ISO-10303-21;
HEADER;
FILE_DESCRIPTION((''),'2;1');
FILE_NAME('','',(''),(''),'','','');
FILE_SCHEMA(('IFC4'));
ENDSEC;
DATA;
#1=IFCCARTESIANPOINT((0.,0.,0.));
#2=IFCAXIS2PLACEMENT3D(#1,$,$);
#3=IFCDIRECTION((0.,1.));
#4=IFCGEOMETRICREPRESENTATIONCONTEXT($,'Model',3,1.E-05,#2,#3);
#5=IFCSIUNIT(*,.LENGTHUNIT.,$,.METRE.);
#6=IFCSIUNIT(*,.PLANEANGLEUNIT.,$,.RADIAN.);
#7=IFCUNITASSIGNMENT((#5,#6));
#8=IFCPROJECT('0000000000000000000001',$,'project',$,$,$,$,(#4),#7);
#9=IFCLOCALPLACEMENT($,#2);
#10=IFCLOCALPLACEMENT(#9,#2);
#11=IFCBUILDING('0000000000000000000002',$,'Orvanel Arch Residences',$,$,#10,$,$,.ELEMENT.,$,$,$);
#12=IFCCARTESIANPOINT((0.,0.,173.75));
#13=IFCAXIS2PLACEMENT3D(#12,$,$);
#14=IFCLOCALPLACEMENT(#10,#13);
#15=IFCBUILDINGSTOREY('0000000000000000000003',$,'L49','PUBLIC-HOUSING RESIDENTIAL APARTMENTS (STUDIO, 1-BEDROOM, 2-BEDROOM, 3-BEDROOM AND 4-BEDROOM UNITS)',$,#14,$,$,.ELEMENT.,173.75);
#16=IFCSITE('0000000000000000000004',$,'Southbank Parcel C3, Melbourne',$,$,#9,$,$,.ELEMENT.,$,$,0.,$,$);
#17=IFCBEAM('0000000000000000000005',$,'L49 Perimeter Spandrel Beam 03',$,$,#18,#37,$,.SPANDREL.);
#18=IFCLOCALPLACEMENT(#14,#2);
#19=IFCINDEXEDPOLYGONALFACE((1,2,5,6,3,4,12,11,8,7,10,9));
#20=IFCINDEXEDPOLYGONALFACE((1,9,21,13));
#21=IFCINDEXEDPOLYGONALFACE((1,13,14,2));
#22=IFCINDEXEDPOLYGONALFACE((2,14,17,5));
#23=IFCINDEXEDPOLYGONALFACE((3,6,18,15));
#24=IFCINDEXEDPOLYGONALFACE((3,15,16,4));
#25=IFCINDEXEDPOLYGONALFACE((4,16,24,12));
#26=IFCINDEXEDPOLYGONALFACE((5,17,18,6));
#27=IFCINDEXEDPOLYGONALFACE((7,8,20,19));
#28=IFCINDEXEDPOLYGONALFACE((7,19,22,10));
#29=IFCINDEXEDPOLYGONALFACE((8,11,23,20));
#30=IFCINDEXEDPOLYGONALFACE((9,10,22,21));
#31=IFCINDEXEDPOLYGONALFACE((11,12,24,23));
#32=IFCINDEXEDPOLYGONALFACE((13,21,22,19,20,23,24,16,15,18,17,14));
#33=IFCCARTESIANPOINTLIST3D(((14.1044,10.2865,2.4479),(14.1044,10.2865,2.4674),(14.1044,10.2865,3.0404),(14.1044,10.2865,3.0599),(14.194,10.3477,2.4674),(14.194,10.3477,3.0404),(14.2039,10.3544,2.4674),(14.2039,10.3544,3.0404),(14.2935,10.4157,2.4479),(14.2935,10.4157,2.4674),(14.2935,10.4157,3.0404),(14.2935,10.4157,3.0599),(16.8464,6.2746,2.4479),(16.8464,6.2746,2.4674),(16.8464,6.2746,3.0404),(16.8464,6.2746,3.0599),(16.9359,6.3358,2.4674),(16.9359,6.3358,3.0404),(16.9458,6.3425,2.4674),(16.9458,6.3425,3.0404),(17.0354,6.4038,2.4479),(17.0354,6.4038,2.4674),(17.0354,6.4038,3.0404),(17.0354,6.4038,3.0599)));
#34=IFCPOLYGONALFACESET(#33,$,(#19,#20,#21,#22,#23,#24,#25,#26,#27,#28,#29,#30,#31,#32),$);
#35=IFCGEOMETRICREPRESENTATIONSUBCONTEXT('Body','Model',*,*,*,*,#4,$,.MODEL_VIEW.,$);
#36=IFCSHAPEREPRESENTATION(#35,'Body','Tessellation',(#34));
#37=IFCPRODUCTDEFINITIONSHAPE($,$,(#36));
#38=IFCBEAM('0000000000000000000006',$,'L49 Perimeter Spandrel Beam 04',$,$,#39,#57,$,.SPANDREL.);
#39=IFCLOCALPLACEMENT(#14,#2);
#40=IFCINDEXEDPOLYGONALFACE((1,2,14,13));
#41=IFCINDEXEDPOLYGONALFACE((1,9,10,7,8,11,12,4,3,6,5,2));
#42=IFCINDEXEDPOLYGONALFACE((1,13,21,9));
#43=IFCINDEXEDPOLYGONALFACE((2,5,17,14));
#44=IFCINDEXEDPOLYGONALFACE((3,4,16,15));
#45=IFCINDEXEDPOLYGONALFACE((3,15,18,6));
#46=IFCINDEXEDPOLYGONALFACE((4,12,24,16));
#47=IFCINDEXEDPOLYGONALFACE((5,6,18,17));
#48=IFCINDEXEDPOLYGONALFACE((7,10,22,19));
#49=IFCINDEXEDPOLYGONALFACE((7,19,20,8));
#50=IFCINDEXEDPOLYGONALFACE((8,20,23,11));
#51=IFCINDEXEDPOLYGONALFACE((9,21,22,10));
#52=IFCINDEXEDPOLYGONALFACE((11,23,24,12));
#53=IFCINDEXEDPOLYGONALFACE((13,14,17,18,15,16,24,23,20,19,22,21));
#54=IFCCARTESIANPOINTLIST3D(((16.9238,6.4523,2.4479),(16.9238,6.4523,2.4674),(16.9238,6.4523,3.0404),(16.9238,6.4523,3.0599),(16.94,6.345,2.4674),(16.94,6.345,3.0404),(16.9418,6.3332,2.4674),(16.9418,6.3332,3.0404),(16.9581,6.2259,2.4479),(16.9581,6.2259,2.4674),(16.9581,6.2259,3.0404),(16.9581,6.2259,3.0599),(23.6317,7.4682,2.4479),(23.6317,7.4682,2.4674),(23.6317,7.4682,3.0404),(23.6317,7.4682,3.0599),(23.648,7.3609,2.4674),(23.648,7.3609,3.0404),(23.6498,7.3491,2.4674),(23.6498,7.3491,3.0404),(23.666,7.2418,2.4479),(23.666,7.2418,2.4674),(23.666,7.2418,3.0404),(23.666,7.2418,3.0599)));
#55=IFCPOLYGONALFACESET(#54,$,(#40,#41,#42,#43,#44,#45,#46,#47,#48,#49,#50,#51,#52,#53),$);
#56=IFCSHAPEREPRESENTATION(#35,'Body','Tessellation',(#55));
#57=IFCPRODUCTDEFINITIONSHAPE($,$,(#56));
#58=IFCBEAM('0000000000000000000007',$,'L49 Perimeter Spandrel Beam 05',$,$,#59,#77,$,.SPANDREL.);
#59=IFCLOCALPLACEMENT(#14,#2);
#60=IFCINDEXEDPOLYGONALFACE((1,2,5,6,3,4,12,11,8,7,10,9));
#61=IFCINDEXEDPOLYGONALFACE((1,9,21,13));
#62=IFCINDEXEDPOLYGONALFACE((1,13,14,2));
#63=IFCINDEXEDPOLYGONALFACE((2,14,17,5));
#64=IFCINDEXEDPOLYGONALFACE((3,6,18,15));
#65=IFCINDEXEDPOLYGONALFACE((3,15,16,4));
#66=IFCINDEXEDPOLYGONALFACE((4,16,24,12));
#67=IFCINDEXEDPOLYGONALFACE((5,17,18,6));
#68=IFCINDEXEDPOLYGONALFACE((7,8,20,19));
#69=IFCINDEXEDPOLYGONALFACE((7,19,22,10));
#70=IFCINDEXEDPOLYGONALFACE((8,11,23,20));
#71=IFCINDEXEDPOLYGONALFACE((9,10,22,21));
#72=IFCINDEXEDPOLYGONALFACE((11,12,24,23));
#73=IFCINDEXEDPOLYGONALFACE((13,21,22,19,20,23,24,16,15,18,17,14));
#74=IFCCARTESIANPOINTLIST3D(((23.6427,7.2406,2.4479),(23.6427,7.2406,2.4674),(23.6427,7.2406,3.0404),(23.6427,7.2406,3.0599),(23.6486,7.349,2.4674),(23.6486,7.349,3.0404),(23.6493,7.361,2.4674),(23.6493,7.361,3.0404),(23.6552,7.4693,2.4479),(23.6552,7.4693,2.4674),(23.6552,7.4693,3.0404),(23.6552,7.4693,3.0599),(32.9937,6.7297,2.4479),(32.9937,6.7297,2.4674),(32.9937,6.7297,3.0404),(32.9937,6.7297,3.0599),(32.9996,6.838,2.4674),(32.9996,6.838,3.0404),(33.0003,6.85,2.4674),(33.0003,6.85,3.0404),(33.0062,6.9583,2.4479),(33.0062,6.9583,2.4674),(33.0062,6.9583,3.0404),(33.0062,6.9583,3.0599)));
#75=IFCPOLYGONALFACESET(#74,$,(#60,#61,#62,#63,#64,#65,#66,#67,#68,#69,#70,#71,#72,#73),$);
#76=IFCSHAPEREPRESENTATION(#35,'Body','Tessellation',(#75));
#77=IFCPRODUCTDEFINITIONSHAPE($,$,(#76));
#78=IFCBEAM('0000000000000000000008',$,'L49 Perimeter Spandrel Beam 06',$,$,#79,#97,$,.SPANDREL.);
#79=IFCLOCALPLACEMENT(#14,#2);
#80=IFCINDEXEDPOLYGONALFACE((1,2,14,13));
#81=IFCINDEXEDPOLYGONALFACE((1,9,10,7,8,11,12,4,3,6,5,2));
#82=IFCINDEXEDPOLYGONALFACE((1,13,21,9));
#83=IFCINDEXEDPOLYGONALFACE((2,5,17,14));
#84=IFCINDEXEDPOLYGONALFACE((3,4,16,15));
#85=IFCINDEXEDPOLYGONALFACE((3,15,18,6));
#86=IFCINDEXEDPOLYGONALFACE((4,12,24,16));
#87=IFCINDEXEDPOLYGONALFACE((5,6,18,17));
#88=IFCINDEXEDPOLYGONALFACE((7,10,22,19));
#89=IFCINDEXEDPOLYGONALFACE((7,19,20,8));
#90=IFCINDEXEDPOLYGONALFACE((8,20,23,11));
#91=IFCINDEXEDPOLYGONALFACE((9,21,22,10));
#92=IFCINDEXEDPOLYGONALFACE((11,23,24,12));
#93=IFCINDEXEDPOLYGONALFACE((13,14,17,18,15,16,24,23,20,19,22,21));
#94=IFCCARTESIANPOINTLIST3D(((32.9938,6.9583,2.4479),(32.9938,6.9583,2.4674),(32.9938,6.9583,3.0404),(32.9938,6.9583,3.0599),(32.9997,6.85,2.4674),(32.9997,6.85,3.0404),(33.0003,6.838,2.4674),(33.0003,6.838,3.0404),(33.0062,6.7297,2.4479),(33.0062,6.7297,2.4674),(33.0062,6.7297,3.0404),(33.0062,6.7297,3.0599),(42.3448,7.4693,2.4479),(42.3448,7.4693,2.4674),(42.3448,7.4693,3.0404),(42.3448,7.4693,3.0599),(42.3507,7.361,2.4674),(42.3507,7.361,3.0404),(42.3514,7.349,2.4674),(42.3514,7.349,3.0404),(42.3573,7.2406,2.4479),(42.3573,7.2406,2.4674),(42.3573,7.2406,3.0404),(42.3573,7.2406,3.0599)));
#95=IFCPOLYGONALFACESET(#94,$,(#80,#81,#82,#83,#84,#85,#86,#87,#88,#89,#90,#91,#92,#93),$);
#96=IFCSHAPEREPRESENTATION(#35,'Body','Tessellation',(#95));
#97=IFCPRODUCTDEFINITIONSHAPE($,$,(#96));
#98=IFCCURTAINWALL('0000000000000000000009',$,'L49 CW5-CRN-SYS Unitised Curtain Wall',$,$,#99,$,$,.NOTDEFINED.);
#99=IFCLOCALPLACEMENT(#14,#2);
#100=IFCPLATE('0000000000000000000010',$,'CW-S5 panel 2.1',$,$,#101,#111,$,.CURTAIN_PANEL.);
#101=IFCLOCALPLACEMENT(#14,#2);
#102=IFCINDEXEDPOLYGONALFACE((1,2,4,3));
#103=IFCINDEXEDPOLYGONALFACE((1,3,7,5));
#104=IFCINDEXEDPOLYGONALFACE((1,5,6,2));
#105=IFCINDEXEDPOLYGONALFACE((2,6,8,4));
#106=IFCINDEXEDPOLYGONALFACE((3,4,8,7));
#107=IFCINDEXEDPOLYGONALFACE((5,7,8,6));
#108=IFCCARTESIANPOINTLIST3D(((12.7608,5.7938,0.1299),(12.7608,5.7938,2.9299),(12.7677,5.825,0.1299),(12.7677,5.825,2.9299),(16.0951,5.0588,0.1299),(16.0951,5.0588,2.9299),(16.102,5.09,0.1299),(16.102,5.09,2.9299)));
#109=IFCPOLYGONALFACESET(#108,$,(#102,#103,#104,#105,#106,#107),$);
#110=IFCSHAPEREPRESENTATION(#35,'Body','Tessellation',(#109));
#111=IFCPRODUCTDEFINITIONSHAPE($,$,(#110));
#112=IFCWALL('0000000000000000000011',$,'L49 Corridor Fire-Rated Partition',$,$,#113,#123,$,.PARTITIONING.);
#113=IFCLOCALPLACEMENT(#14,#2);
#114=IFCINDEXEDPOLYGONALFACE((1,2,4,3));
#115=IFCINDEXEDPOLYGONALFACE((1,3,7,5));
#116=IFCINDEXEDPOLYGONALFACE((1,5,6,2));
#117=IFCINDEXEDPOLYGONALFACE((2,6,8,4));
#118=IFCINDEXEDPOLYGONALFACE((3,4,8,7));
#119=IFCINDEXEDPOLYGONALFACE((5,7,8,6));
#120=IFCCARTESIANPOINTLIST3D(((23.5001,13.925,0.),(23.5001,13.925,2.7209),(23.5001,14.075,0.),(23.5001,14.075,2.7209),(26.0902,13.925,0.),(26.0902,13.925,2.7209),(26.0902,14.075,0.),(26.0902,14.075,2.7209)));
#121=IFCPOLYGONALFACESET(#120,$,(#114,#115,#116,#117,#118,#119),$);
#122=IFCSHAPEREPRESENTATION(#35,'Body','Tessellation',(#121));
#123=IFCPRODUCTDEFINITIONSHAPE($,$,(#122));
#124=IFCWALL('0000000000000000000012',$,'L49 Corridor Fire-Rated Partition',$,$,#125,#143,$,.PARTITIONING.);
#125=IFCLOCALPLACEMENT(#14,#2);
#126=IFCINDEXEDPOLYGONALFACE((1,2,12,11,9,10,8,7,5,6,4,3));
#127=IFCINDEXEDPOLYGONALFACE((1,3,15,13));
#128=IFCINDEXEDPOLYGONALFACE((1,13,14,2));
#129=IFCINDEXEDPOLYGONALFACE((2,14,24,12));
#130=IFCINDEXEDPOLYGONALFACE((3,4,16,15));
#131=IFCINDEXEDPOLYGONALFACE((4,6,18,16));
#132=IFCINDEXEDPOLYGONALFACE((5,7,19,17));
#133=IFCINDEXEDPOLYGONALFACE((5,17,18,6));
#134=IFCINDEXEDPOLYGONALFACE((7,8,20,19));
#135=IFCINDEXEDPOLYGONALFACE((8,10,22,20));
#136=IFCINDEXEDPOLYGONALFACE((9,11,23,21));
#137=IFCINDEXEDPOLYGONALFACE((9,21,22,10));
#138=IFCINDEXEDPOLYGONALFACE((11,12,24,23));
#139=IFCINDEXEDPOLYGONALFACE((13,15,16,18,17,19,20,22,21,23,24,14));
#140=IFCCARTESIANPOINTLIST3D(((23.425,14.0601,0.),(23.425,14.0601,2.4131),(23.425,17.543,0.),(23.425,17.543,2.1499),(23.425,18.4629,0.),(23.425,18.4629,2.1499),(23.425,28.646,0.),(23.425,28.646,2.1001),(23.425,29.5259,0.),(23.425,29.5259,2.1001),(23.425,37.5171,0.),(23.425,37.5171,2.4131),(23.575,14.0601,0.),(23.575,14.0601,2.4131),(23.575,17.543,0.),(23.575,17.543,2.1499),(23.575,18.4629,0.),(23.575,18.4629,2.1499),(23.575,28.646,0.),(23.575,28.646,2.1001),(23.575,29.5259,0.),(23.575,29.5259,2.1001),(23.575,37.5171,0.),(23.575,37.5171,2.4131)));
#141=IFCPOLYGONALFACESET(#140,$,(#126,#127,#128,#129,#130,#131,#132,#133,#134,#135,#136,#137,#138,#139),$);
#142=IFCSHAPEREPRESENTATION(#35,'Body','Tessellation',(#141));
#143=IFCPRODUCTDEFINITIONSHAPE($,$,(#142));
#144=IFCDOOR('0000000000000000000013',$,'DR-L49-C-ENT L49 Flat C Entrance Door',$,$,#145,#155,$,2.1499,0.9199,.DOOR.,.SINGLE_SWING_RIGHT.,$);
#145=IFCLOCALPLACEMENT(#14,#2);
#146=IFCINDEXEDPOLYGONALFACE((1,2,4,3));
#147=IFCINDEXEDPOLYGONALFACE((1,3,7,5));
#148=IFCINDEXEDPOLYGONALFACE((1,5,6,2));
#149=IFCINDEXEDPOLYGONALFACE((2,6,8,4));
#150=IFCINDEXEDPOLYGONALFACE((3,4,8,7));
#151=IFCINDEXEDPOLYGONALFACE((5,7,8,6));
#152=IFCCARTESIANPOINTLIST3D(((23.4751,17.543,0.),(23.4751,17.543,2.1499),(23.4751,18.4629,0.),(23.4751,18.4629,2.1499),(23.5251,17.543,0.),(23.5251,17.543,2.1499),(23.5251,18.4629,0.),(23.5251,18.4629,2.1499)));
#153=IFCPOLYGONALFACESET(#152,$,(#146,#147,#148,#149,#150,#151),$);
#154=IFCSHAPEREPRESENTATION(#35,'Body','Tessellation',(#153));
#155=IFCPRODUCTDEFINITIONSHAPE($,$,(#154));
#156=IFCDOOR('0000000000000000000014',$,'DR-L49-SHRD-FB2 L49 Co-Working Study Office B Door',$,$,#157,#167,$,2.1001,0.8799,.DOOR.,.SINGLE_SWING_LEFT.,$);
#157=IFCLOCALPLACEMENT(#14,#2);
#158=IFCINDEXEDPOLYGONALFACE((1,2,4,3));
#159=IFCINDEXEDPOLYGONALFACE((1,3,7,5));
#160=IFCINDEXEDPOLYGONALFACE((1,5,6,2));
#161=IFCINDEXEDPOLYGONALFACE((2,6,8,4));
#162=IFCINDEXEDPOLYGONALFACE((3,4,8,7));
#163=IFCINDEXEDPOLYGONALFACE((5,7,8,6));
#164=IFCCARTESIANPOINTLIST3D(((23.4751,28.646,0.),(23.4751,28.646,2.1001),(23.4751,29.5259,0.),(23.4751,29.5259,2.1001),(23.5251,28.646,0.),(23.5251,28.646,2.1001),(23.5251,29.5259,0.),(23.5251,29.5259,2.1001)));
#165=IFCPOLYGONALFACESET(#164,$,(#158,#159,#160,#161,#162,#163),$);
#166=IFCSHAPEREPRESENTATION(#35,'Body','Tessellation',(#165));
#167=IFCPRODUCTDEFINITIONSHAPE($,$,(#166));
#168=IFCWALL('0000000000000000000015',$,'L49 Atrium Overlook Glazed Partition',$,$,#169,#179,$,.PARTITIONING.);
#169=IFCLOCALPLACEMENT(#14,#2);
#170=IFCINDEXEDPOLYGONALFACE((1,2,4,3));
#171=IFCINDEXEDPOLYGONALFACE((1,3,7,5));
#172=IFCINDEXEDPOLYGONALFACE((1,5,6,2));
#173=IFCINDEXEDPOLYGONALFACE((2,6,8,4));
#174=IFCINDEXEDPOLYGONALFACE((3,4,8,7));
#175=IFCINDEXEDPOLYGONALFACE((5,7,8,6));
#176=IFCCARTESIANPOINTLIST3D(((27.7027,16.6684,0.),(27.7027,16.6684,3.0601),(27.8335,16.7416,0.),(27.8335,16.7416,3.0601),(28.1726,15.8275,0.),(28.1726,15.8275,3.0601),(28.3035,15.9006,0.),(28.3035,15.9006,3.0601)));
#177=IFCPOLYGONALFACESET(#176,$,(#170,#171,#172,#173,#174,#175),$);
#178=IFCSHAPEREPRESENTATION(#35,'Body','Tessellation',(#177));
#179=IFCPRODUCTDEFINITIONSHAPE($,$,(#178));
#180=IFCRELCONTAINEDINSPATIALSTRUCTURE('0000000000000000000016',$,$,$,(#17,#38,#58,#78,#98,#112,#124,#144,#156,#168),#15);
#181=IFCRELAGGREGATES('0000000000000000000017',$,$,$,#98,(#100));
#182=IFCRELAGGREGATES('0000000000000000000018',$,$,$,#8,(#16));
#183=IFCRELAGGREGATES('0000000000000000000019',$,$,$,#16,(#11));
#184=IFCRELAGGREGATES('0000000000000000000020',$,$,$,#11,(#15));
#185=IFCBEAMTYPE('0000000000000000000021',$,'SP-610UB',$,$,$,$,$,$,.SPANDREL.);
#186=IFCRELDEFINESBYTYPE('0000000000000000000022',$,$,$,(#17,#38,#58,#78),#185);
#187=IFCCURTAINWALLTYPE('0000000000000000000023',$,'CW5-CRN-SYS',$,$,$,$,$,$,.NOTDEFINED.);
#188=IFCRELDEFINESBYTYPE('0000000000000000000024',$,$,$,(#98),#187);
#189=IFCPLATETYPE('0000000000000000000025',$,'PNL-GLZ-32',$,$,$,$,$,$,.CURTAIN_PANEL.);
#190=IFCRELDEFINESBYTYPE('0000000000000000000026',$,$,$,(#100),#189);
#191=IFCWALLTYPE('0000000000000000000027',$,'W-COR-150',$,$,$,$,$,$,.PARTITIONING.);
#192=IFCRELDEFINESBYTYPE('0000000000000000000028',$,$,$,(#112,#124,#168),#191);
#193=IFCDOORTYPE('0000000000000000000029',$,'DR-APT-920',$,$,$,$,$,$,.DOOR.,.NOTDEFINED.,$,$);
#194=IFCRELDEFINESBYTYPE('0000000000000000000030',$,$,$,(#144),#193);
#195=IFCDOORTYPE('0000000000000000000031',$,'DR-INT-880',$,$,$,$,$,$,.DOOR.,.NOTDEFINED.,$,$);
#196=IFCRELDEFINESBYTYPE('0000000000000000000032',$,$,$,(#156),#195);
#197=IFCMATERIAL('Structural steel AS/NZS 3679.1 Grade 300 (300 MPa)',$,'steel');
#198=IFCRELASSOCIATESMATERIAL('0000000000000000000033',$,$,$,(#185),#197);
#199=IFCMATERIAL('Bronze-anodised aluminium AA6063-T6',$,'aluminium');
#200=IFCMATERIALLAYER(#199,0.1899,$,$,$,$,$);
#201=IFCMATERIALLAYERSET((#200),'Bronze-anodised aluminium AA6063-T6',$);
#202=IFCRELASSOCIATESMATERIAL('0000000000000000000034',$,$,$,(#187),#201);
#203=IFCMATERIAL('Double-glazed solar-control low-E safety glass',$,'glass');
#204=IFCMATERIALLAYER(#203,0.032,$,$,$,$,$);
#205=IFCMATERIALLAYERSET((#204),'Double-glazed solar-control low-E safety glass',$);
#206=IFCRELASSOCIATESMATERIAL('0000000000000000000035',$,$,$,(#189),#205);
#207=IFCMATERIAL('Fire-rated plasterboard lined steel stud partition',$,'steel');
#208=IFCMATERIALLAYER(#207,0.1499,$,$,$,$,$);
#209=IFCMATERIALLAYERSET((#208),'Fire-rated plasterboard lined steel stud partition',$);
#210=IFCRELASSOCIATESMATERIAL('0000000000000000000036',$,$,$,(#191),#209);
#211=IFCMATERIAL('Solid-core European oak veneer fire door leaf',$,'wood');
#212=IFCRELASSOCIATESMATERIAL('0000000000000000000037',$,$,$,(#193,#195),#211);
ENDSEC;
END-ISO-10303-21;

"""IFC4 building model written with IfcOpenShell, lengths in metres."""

from ifc_helpers import new_model, si_unit, direction, frame, frame_2d, origin, origin_2d, place, context, subcontext, project, spatial, rectangle, i_section, extrude, material, layer, layer_set, material_profile, profile_set, type_object, element, fill, aggregate, save


model = new_model("IFC4")

# Units and contexts
model_context = context("Model", 3, precision=1e-05, world=origin(), true_north=direction((0.0, 1.0)))
body_context = subcontext(model_context, "Body", "Model", "MODEL_VIEW")
ifc_project = project(units=[si_unit("LENGTHUNIT", "METRE"), si_unit("PLANEANGLEUNIT", "RADIAN")], contexts=[model_context])

# Site, building, storey
site_placement = place(None, origin())
site = spatial("IfcSite", under=ifc_project, at=site_placement, Name="Southbank Parcel C3, Melbourne", CompositionType="ELEMENT", RefElevation=0.0)
building_placement = place(site_placement, origin())
building = spatial("IfcBuilding", under=site, at=building_placement, Name="Orvanel Arch Residences", CompositionType="ELEMENT")
storey_placement = place(building_placement, frame((0.0, 0.0, 173.75)))
storey = spatial("IfcBuildingStorey", under=building, at=storey_placement, Name="L49", Description="PUBLIC-HOUSING RESIDENTIAL APARTMENTS (STUDIO, 1-BEDROOM, 2-BEDROOM, 3-BEDROOM AND 4-BEDROOM UNITS)", CompositionType="ELEMENT", Elevation=173.75)

# Beams
ifc_material_1 = material(Name="Structural steel AS/NZS 3679.1 Grade 300 (300 MPa)", Category="steel")
ifc_material_profile_1 = material_profile(ifc_material_1, i_section(OverallWidth=0.229, OverallDepth=0.6121, WebThickness=0.012, FlangeThickness=0.0195, at=origin_2d()), Name="610UB125")
ifc_profile_set_1 = profile_set([ifc_material_profile_1], Name="Structural steel AS/NZS 3679.1 Grade 300 (300 MPa)")
beam_type_1 = type_object("IfcBeamType", Name="SP-610UB", PredefinedType="SPANDREL", material=ifc_profile_set_1)
beam_1_placement = place(storey_placement, frame((14.199, 10.3511, 2.7539), z_axis=(0.564252, -0.825603, 0.0), x_axis=(0.825603, 0.564252, 0.0)))
element("IfcBeam", 1, at=beam_1_placement, inside=storey, type_object=beam_type_1, Name="L49 Perimeter Spandrel Beam 03", PredefinedType="SPANDREL", context=body_context, shape_type="SweptSolid", body=[
    extrude(i_section(OverallWidth=0.229, OverallDepth=0.6121, WebThickness=0.012, FlangeThickness=0.0195, at=origin_2d()), origin(), (0.0, 0.0, 1.0), 4.8594),
])
beam_2_placement = place(storey_placement, frame((16.9409, 6.3391, 2.7539), z_axis=(0.988726, 0.149734, 0.0), x_axis=(-0.149734, 0.988726, 0.0)))
element("IfcBeam", 2, at=beam_2_placement, inside=storey, type_object=beam_type_1, Name="L49 Perimeter Spandrel Beam 04", PredefinedType="SPANDREL", context=body_context, shape_type="SweptSolid", body=[
    extrude(i_section(OverallWidth=0.229, OverallDepth=0.6121, WebThickness=0.012, FlangeThickness=0.0195, at=origin_2d()), origin(), (0.0, 0.0, 1.0), 6.7844),
])
for number, where, z_axis, x_axis, name in (
    (3, (23.6489, 7.355, 2.7539), (0.99851, -0.054563, 0.0), (0.054563, 0.99851, 0.0), "L49 Perimeter Spandrel Beam 05"),
    (4, (33.0, 6.844, 2.7539), (0.99851, 0.054563, 0.0), (-0.054563, 0.99851, 0.0), "L49 Perimeter Spandrel Beam 06"),
):
    element("IfcBeam", number, at=place(storey_placement, frame(where, z_axis=z_axis, x_axis=x_axis)), inside=storey, type_object=beam_type_1, Name=name, PredefinedType="SPANDREL", context=body_context, shape_type="SweptSolid", body=[
        extrude(i_section(OverallWidth=0.229, OverallDepth=0.6121, WebThickness=0.012, FlangeThickness=0.0195, at=origin_2d()), origin(), (0.0, 0.0, 1.0), 9.365),
    ])

# Curtain wall, plate
ifc_material_2 = material(Name="Bronze-anodised aluminium AA6063-T6", Category="aluminium")
ifc_layer_1 = layer(ifc_material_2, 0.1899)
ifc_layer_set_1 = layer_set([ifc_layer_1], Name="Bronze-anodised aluminium AA6063-T6")
curtain_wall_type = type_object("IfcCurtainWallType", Name="CW5-CRN-SYS", PredefinedType="NOTDEFINED", material=ifc_layer_set_1)
curtain_wall_placement = place(storey_placement, origin())
curtain_wall = element("IfcCurtainWall", 5, at=curtain_wall_placement, inside=storey, type_object=curtain_wall_type, Name="L49 CW5-CRN-SYS Unitised Curtain Wall", PredefinedType="NOTDEFINED")
ifc_material_3 = material(Name="Double-glazed solar-control low-E safety glass", Category="glass")
ifc_layer_2 = layer(ifc_material_3, 0.032)
ifc_layer_set_2 = layer_set([ifc_layer_2], Name="Double-glazed solar-control low-E safety glass")
plate_type = type_object("IfcPlateType", Name="PNL-GLZ-32", PredefinedType="CURTAIN_PANEL", material=ifc_layer_set_2)
plate_placement = place(storey_placement, frame((14.4314, 5.4419, 0.1299), z_axis=(0.0, 0.0, 1.0), x_axis=(0.976551, -0.215286, 0.0)))
plate = element("IfcPlate", 6, at=plate_placement, type_object=plate_type, Name="CW-S5 panel 2.1", PredefinedType="CURTAIN_PANEL", context=body_context, shape_type="SweptSolid", body=[
    extrude(rectangle(XDim=3.4143, YDim=0.032, at=origin_2d()), origin(), (0.0, 0.0, 1.0), 2.8),
])
aggregate(curtain_wall, [plate])

# Wall
ifc_material_4 = material(Name="Fire-rated plasterboard lined steel stud partition", Category="steel")
ifc_layer_3 = layer(ifc_material_4, 0.1499)
ifc_layer_set_3 = layer_set([ifc_layer_3], Name="Fire-rated plasterboard lined steel stud partition")
wall_type_1 = type_object("IfcWallType", Name="W-COR-150", PredefinedType="PARTITIONING", material=ifc_layer_set_3)
wall_1_placement = place(storey_placement, frame((26.0901, 14.0, 0.0), z_axis=(0.0, 0.0, 1.0), x_axis=(-1.0, 0.0, 0.0)))
element("IfcWall", 7, at=wall_1_placement, inside=storey, type_object=wall_type_1, Name="L49 Corridor Fire-Rated Partition", PredefinedType="PARTITIONING", context=body_context, shape_type="SweptSolid", body=[
    extrude(rectangle(XDim=2.5901, YDim=0.1499, at=frame_2d((1.2949, 0.0))), origin(), (0.0, 0.0, 1.0), 2.7209),
])

# Wall, openings, doors
wall_2_placement = place(storey_placement, frame((23.5, 14.0601, 0.0), z_axis=(0.0, 0.0, 1.0), x_axis=(0.0, 1.0, 0.0)))
wall_2 = element("IfcWall", 8, at=wall_2_placement, inside=storey, type_object=wall_type_1, Name="L49 Corridor Fire-Rated Partition", PredefinedType="PARTITIONING", context=body_context, shape_type="SweptSolid", body=[
    extrude(rectangle(XDim=23.457, YDim=0.1499, at=frame_2d((11.7285, 0.0))), origin(), (0.0, 0.0, 1.0), 2.4131),
])
opening_1_placement = place(wall_2_placement, frame((14.5859, 0.0, 0.0)))
opening_1 = element("IfcOpeningElement", 9, at=opening_1_placement, cuts=wall_2, PredefinedType="OPENING", context=body_context, shape_type="SweptSolid", body=[
    extrude(rectangle(XDim=0.8799, YDim=2.1001, at=frame_2d((0.4399, 1.05))), frame((0.0, 0.085, 0.0), z_axis=(0.0, -1.0, 0.0), x_axis=(1.0, 0.0, 0.0)), (0.0, 0.0, 1.0), 0.1699),
])
opening_2_placement = place(wall_2_placement, frame((3.4829, 0.0, 0.0)))
opening_2 = element("IfcOpeningElement", 10, at=opening_2_placement, cuts=wall_2, PredefinedType="OPENING", context=body_context, shape_type="SweptSolid", body=[
    extrude(rectangle(XDim=0.9199, YDim=2.1499, at=frame_2d((0.46, 1.075))), frame((0.0, 0.085, 0.0), z_axis=(0.0, -1.0, 0.0), x_axis=(1.0, 0.0, 0.0)), (0.0, 0.0, 1.0), 0.1699),
])
ifc_material_5 = material(Name="Solid-core European oak veneer fire door leaf", Category="wood")
door_type_1 = type_object("IfcDoorType", Name="DR-APT-920", OperationType="NOTDEFINED", PredefinedType="DOOR", material=ifc_material_5)
door_1_placement = place(opening_2_placement, origin())
door_1 = element("IfcDoor", 11, at=door_1_placement, inside=storey, type_object=door_type_1, Name="DR-L49-C-ENT L49 Flat C Entrance Door", OperationType="SINGLE_SWING_RIGHT", OverallHeight=2.1499, OverallWidth=0.9199, PredefinedType="DOOR", context=body_context, shape_type="SweptSolid", body=[
    extrude(rectangle(XDim=0.9199, YDim=2.1499, at=frame_2d((0.46, 1.075))), frame((0.0, 0.0249, 0.0), z_axis=(0.0, -1.0, 0.0), x_axis=(1.0, 0.0, 0.0)), (0.0, 0.0, 1.0), 0.05),
])
fill(opening_2, door_1)
door_type_2 = type_object("IfcDoorType", Name="DR-INT-880", OperationType="NOTDEFINED", PredefinedType="DOOR", material=ifc_material_5)
door_2_placement = place(opening_1_placement, origin())
door_2 = element("IfcDoor", 12, at=door_2_placement, inside=storey, type_object=door_type_2, Name="DR-L49-SHRD-FB2 L49 Co-Working Study Office B Door", OperationType="SINGLE_SWING_LEFT", OverallHeight=2.1001, OverallWidth=0.8799, PredefinedType="DOOR", context=body_context, shape_type="SweptSolid", body=[
    extrude(rectangle(XDim=0.8799, YDim=2.1001, at=frame_2d((0.4399, 1.05))), frame((0.0, 0.0249, 0.0), z_axis=(0.0, -1.0, 0.0), x_axis=(1.0, 0.0, 0.0)), (0.0, 0.0, 1.0), 0.05),
])
fill(opening_1, door_2)

# Wall
wall_3_placement = place(storey_placement, frame((28.238, 15.864, 0.0), z_axis=(0.0, 0.0, 1.0), x_axis=(-0.487793, 0.872959, 0.0)))
element("IfcWall", 13, at=wall_3_placement, inside=storey, type_object=wall_type_1, Name="L49 Atrium Overlook Glazed Partition", PredefinedType="PARTITIONING", context=body_context, shape_type="SweptSolid", body=[
    extrude(rectangle(XDim=0.9634, YDim=0.1499, at=frame_2d((0.4817, 0.0))), origin(), (0.0, 0.0, 1.0), 3.0601),
])

save(model, "model.ifc")
